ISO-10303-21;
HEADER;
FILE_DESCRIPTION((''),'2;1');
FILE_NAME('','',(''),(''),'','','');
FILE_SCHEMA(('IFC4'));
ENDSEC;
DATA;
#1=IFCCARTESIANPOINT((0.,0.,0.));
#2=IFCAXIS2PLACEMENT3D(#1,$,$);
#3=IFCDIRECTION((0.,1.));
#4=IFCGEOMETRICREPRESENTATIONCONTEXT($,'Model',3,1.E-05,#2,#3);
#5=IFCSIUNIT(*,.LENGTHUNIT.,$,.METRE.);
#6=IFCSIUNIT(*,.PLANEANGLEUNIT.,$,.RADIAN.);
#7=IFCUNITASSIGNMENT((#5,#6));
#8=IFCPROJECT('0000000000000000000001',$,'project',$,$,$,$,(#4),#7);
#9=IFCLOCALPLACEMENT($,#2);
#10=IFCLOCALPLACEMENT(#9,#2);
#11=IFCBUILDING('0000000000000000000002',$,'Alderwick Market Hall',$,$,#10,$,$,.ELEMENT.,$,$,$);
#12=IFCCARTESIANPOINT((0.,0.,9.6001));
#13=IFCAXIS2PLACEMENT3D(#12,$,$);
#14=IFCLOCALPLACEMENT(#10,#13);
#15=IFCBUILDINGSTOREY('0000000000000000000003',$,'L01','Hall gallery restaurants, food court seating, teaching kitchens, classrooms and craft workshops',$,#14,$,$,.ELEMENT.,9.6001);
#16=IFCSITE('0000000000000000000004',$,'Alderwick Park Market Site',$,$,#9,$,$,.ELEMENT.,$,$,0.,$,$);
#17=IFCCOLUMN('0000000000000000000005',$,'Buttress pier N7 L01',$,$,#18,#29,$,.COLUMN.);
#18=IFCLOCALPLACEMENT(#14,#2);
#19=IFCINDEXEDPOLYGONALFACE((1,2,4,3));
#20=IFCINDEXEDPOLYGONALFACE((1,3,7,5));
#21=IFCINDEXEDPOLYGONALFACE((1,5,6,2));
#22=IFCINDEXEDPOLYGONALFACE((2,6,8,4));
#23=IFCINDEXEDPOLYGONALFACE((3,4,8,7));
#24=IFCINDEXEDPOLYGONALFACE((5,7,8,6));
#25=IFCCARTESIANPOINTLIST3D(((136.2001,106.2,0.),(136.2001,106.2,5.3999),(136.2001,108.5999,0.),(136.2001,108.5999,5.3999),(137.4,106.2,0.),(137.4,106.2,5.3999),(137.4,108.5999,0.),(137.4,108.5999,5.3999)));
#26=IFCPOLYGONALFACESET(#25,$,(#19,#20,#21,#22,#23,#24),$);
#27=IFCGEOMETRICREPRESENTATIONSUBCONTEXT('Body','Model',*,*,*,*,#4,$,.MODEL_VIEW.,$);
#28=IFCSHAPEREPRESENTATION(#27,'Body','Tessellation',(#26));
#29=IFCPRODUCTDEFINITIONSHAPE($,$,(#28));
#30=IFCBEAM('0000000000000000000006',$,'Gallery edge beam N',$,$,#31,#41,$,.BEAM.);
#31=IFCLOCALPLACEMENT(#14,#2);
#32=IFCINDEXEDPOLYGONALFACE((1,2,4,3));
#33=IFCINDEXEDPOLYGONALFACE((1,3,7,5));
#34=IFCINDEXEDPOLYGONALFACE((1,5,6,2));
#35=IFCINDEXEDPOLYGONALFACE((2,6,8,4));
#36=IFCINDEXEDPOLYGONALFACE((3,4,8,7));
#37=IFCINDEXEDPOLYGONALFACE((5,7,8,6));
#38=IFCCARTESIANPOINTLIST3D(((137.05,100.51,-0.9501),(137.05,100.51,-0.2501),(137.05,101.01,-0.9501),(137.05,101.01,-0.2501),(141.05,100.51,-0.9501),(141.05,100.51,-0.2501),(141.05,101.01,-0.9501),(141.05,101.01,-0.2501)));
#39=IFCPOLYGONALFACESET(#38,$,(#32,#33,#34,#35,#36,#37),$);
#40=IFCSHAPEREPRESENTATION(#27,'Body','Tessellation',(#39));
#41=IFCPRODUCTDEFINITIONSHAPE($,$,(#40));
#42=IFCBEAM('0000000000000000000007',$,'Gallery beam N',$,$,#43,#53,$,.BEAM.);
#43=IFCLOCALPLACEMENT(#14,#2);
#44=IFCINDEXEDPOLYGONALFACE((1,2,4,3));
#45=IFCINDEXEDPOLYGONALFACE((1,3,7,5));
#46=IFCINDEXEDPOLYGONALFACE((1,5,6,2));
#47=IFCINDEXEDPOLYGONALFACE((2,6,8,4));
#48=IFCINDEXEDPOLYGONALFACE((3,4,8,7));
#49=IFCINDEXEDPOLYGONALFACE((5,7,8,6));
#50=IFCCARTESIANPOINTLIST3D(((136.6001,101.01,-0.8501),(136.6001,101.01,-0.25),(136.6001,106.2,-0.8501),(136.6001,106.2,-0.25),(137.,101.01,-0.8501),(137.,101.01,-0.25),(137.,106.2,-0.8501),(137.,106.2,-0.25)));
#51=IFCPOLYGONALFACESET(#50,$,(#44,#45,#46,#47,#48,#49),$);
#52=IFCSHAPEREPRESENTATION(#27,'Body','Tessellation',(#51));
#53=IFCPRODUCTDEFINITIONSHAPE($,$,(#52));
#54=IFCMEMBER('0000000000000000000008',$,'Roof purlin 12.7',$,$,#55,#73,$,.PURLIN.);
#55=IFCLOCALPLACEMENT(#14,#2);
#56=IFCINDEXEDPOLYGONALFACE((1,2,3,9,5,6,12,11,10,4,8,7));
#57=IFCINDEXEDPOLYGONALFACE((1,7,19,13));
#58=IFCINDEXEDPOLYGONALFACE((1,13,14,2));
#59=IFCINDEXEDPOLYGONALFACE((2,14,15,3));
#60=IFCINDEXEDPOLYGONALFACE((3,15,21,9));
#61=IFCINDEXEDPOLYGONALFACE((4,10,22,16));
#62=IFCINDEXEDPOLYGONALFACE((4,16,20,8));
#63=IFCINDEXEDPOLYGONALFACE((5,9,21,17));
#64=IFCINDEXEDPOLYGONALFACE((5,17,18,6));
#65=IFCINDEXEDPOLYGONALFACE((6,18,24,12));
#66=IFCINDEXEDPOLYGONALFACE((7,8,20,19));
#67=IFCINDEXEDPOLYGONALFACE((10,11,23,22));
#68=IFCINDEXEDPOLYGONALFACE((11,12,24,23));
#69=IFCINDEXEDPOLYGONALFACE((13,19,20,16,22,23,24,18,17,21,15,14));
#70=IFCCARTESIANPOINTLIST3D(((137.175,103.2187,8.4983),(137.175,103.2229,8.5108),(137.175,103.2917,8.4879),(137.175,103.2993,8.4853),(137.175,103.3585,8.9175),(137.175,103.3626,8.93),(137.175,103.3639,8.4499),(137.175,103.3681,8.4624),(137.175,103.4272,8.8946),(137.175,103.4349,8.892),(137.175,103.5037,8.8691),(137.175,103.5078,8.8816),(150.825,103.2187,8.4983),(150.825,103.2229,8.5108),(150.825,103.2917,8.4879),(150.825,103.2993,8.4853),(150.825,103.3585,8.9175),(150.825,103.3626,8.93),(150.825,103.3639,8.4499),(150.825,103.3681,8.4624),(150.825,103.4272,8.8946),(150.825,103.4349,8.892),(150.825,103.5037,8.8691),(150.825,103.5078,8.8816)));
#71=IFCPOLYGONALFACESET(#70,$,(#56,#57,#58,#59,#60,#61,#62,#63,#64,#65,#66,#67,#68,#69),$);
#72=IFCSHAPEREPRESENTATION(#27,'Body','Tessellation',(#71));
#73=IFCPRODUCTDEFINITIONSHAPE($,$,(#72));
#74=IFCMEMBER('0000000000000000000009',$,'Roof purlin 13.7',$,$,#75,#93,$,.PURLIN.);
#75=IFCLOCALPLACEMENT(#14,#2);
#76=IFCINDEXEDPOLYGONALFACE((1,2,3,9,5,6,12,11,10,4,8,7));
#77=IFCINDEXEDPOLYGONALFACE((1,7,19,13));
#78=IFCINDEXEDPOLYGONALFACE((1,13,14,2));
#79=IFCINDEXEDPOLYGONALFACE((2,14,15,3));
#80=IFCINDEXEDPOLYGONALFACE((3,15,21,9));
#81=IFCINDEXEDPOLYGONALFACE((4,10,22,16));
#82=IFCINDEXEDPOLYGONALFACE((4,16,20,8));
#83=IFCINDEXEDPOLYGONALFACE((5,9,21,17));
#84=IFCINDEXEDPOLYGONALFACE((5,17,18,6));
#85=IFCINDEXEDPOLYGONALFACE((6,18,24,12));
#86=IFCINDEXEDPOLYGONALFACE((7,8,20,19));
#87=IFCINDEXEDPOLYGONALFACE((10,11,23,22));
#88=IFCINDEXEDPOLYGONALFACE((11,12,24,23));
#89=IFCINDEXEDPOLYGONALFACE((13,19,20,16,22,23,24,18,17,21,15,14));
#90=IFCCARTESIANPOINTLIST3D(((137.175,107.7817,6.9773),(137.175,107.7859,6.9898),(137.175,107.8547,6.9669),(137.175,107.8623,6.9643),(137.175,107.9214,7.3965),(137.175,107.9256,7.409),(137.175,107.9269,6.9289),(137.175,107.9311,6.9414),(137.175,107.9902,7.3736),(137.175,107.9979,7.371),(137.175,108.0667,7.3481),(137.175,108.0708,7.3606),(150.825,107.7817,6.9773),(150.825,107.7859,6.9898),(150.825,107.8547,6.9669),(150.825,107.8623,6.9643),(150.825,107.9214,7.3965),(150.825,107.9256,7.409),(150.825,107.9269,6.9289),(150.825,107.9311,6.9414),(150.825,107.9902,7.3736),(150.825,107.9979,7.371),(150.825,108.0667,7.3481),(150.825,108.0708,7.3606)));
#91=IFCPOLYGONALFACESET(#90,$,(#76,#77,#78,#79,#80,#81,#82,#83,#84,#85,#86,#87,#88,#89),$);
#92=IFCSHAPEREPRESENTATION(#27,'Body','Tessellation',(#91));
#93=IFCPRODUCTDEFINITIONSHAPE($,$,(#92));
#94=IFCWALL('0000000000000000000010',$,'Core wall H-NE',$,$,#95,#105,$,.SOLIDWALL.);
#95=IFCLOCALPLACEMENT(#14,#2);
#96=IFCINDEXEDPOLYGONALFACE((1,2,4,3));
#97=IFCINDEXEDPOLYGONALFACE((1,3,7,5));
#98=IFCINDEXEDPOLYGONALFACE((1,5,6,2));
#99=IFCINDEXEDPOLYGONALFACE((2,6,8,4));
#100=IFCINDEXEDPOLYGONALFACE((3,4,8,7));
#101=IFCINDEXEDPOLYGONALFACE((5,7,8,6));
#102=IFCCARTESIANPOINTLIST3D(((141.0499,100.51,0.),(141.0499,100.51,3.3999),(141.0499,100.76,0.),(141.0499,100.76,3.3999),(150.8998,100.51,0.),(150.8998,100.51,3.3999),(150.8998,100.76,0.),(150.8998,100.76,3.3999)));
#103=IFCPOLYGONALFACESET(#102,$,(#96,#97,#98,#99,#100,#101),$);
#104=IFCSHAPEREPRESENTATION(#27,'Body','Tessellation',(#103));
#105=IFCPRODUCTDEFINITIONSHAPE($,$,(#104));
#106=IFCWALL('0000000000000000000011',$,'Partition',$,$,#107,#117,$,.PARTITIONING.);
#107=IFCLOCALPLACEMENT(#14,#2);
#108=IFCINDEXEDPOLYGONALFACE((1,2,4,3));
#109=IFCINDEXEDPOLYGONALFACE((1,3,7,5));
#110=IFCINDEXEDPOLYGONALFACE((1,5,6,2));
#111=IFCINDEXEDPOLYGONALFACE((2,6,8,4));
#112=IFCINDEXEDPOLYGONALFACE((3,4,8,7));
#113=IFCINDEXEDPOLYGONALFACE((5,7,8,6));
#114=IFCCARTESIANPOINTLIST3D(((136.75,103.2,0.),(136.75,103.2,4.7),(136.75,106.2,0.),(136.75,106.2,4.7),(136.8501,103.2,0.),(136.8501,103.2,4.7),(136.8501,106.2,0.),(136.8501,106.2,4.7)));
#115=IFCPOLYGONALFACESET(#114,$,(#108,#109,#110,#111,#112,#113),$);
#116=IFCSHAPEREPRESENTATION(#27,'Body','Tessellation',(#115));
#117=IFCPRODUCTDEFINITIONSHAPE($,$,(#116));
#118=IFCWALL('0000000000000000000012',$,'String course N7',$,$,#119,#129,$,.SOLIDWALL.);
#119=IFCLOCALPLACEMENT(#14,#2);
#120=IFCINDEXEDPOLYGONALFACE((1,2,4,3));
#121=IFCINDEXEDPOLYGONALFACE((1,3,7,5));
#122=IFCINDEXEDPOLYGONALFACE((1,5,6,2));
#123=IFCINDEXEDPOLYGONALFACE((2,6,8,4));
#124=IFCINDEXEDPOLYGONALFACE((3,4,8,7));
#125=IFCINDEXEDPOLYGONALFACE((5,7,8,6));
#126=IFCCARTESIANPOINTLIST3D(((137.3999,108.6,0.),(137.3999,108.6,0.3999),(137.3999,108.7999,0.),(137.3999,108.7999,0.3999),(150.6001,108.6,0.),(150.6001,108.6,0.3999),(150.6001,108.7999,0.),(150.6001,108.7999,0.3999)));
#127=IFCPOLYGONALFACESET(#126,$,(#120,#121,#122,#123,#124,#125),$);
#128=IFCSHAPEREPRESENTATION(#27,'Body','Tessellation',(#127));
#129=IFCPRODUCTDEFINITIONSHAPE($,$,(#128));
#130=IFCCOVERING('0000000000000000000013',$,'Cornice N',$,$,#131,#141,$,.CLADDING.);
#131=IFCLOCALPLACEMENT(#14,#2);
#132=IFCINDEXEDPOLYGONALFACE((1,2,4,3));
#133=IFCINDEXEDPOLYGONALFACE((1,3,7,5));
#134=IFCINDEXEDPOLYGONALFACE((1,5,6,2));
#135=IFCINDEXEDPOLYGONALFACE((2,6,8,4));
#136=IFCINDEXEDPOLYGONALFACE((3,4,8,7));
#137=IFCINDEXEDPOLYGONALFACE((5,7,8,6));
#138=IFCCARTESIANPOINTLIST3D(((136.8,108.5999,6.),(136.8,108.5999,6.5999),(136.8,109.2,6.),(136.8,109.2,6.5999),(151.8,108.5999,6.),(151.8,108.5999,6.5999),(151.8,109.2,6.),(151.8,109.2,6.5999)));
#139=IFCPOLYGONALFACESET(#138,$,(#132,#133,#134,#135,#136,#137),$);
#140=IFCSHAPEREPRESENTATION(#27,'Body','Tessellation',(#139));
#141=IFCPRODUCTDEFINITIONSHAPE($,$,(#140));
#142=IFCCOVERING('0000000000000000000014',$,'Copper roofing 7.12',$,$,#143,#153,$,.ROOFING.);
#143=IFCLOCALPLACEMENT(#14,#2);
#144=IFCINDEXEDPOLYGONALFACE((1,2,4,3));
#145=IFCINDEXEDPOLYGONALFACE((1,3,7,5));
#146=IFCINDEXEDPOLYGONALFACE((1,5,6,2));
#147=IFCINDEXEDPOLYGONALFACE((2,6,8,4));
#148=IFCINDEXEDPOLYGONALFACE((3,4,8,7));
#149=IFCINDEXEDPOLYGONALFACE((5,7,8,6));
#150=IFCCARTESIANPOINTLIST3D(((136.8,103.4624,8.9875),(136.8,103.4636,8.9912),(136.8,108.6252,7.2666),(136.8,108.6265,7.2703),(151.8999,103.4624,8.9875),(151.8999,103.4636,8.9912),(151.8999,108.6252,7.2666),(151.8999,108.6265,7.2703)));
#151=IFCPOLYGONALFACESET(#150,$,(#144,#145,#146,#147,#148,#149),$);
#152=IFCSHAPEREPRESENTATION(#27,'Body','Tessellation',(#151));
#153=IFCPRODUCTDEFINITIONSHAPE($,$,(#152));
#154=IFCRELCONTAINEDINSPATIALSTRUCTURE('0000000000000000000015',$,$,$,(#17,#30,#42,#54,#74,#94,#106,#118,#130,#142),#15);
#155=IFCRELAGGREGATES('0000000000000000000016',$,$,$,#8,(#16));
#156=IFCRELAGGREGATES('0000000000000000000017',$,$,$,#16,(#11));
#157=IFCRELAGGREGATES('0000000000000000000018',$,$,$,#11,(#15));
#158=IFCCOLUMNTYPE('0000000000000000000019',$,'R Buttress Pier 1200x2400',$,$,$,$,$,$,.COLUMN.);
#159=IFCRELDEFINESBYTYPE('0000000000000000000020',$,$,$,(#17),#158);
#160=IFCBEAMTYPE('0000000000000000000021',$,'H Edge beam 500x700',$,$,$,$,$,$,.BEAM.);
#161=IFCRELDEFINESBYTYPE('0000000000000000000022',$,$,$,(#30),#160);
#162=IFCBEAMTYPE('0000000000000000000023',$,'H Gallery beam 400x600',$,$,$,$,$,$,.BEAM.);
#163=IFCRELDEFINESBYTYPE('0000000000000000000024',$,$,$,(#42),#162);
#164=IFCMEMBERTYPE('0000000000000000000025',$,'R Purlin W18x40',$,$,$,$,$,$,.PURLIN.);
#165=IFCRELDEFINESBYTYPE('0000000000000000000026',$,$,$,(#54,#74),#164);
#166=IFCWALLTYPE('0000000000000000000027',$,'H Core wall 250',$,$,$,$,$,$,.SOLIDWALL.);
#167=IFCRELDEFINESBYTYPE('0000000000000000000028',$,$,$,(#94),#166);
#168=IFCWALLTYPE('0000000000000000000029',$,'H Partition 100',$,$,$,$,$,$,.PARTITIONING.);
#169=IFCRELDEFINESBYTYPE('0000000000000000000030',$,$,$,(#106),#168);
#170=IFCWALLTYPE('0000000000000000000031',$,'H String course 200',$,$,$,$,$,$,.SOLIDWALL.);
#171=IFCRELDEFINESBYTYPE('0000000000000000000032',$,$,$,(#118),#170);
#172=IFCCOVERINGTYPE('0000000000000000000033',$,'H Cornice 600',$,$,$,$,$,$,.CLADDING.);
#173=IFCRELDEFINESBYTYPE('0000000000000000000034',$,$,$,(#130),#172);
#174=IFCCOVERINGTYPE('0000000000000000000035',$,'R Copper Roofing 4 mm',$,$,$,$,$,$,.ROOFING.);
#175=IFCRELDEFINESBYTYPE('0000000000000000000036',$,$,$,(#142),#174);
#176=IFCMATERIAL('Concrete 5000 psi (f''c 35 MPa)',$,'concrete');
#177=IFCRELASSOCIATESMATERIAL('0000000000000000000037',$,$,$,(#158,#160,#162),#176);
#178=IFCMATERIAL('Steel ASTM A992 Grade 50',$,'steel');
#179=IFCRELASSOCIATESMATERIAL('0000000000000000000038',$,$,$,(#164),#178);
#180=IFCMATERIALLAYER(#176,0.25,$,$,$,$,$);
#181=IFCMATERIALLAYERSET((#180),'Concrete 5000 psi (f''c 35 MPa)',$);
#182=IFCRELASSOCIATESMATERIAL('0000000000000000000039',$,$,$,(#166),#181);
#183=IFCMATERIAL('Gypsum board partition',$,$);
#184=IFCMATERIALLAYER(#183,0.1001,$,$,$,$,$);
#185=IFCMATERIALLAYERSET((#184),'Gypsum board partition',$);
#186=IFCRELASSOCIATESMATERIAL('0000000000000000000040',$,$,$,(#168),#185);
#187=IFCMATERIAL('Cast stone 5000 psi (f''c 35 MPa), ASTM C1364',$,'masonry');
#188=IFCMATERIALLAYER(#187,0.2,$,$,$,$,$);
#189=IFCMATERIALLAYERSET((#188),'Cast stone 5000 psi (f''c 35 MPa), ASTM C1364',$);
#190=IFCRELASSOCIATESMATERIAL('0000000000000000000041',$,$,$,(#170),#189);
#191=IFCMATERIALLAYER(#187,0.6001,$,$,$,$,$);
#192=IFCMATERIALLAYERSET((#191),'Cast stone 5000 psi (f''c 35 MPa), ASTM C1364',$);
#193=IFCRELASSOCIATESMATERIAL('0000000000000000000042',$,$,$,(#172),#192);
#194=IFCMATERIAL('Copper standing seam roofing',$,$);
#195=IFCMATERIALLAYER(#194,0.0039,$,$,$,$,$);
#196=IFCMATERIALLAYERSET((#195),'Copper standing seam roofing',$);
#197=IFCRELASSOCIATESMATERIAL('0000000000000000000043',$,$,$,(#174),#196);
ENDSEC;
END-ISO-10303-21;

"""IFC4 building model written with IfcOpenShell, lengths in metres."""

from ifc_helpers import new_model, si_unit, direction, frame, frame_2d, origin, origin_2d, place, context, subcontext, project, spatial, polyline, rectangle, i_section, outline, extrude, material, layer, layer_set, material_profile, profile_set, type_object, element, save


model = new_model("IFC4")

# Units and contexts
model_context = context("Model", 3, precision=1e-05, world=origin(), true_north=direction((0.0, 1.0)))
body_context = subcontext(model_context, "Body", "Model", "MODEL_VIEW")
ifc_project = project(units=[si_unit("LENGTHUNIT", "METRE"), si_unit("PLANEANGLEUNIT", "RADIAN")], contexts=[model_context])

# Site, building, storey
site_placement = place(None, origin())
site = spatial("IfcSite", under=ifc_project, at=site_placement, Name="Alderwick Park Market Site", CompositionType="ELEMENT", RefElevation=0.0)
building_placement = place(site_placement, origin())
building = spatial("IfcBuilding", under=site, at=building_placement, Name="Alderwick Market Hall", CompositionType="ELEMENT")
storey_placement = place(building_placement, frame((0.0, 0.0, 9.6001)))
storey = spatial("IfcBuildingStorey", under=building, at=storey_placement, Name="L01", Description="Hall gallery restaurants, food court seating, teaching kitchens, classrooms and craft workshops", CompositionType="ELEMENT", Elevation=9.6001)

# Column
ifc_material_1 = material(Name="Concrete 5000 psi (f'c 35 MPa)", Category="concrete")
ifc_material_profile_1 = material_profile(ifc_material_1, rectangle(XDim=1.2, YDim=2.3999, at=origin_2d()), Name="RC 1200x2400")
ifc_profile_set_1 = profile_set([ifc_material_profile_1], Name="Concrete 5000 psi (f'c 35 MPa)")
column_type = type_object("IfcColumnType", Name="R Buttress Pier 1200x2400", PredefinedType="COLUMN", material=ifc_profile_set_1)
column_placement = place(storey_placement, frame((136.8, 107.3999, 0.0), z_axis=(0.0, 0.0, 1.0), x_axis=(1.0, 0.0, 0.0)))
element("IfcColumn", 1, at=column_placement, inside=storey, type_object=column_type, Name="Buttress pier N7 L01", PredefinedType="COLUMN", context=body_context, shape_type="SweptSolid", body=[
    extrude(rectangle(XDim=1.2, YDim=2.3999, at=origin_2d()), origin(), (0.0, 0.0, 1.0), 5.3999),
])

# Beams
ifc_material_profile_2 = material_profile(ifc_material_1, rectangle(XDim=0.5, YDim=0.7, at=origin_2d()), Name="RC 500x700")
ifc_profile_set_2 = profile_set([ifc_material_profile_2], Name="Concrete 5000 psi (f'c 35 MPa)")
beam_type_1 = type_object("IfcBeamType", Name="H Edge beam 500x700", PredefinedType="BEAM", material=ifc_profile_set_2)
beam_1_placement = place(storey_placement, frame((137.05, 100.76, -0.6001), z_axis=(1.0, 0.0, 0.0), x_axis=(0.0, 1.0, 0.0)))
element("IfcBeam", 2, at=beam_1_placement, inside=storey, type_object=beam_type_1, Name="Gallery edge beam N", PredefinedType="BEAM", context=body_context, shape_type="SweptSolid", body=[
    extrude(rectangle(XDim=0.5, YDim=0.7, at=origin_2d()), origin(), (0.0, 0.0, 1.0), 4.0),
])
ifc_material_profile_3 = material_profile(ifc_material_1, rectangle(XDim=0.3999, YDim=0.6001, at=origin_2d()), Name="RC 400x600")
ifc_profile_set_3 = profile_set([ifc_material_profile_3], Name="Concrete 5000 psi (f'c 35 MPa)")
beam_type_2 = type_object("IfcBeamType", Name="H Gallery beam 400x600", PredefinedType="BEAM", material=ifc_profile_set_3)
beam_2_placement = place(storey_placement, frame((136.8, 106.2, -0.55), z_axis=(0.0, -1.0, 0.0), x_axis=(1.0, 0.0, 0.0)))
element("IfcBeam", 3, at=beam_2_placement, inside=storey, type_object=beam_type_2, Name="Gallery beam N", PredefinedType="BEAM", context=body_context, shape_type="SweptSolid", body=[
    extrude(rectangle(XDim=0.3999, YDim=0.6001, at=origin_2d()), origin(), (0.0, 0.0, 1.0), 5.1899),
])

# Members
ifc_material_2 = material(Name="Steel ASTM A992 Grade 50", Category="steel")
ifc_material_profile_4 = material_profile(ifc_material_2, i_section(OverallWidth=0.1531, OverallDepth=0.4551, WebThickness=0.0081, FlangeThickness=0.0132, at=origin_2d()), Name="W18x40")
ifc_profile_set_4 = profile_set([ifc_material_profile_4], Name="Steel ASTM A992 Grade 50")
member_type = type_object("IfcMemberType", Name="R Purlin W18x40", PredefinedType="PURLIN", material=ifc_profile_set_4)
for number, where, z_axis, x_axis, name in (
    (4, (137.175, 103.3633, 8.6899), (1.0, 0.0, 0.0), (0.0, 0.948683, -0.316228), "Roof purlin 12.7"),
    (5, (137.175, 107.9263, 7.1689), (1.0, 0.0, 0.0), (0.0, 0.948683, -0.316228), "Roof purlin 13.7"),
):
    element("IfcMember", number, at=place(storey_placement, frame(where, z_axis=z_axis, x_axis=x_axis)), inside=storey, type_object=member_type, Name=name, PredefinedType="PURLIN", context=body_context, shape_type="SweptSolid", body=[
        extrude(i_section(OverallWidth=0.1531, OverallDepth=0.4551, WebThickness=0.0081, FlangeThickness=0.0132, at=origin_2d()), origin(), (0.0, 0.0, 1.0), 13.6499),
    ])

# Wall
ifc_layer_1 = layer(ifc_material_1, 0.25)
ifc_layer_set_1 = layer_set([ifc_layer_1], Name="Concrete 5000 psi (f'c 35 MPa)")
wall_type_1 = type_object("IfcWallType", Name="H Core wall 250", PredefinedType="SOLIDWALL", material=ifc_layer_set_1)
wall_1_placement = place(storey_placement, frame((141.05, 100.635, 0.0), z_axis=(0.0, 0.0, 1.0), x_axis=(1.0, 0.0, 0.0)))
element("IfcWall", 6, at=wall_1_placement, inside=storey, type_object=wall_type_1, Name="Core wall H-NE", PredefinedType="SOLIDWALL", context=body_context, shape_type="SweptSolid", body=[
    extrude(rectangle(XDim=9.8499, YDim=0.25, at=frame_2d((4.9248, 0.0))), origin(), (0.0, 0.0, 1.0), 3.3999),
])

# Walls
ifc_material_3 = material(Name="Gypsum board partition")
ifc_layer_2 = layer(ifc_material_3, 0.1001)
ifc_layer_set_2 = layer_set([ifc_layer_2], Name="Gypsum board partition")
wall_type_2 = type_object("IfcWallType", Name="H Partition 100", PredefinedType="PARTITIONING", material=ifc_layer_set_2)
wall_2_placement = place(storey_placement, frame((136.8, 106.2, 0.0), z_axis=(0.0, 0.0, 1.0), x_axis=(0.0, -1.0, 0.0)))
element("IfcWall", 7, at=wall_2_placement, inside=storey, type_object=wall_type_2, Name="Partition", PredefinedType="PARTITIONING", context=body_context, shape_type="SweptSolid", body=[
    extrude(rectangle(XDim=3.0, YDim=0.1001, at=frame_2d((1.5, 0.0))), origin(), (0.0, 0.0, 1.0), 4.7),
])
ifc_material_4 = material(Name="Cast stone 5000 psi (f'c 35 MPa), ASTM C1364", Category="masonry")
ifc_layer_3 = layer(ifc_material_4, 0.2)
ifc_layer_set_3 = layer_set([ifc_layer_3], Name="Cast stone 5000 psi (f'c 35 MPa), ASTM C1364")
wall_type_3 = type_object("IfcWallType", Name="H String course 200", PredefinedType="SOLIDWALL", material=ifc_layer_set_3)
wall_3_placement = place(storey_placement, frame((137.3999, 108.7, 0.0), z_axis=(0.0, 0.0, 1.0), x_axis=(1.0, 0.0, 0.0)))
element("IfcWall", 8, at=wall_3_placement, inside=storey, type_object=wall_type_3, Name="String course N7", PredefinedType="SOLIDWALL", context=body_context, shape_type="SweptSolid", body=[
    extrude(rectangle(XDim=13.2002, YDim=0.2, at=frame_2d((6.6001, 0.0))), origin(), (0.0, 0.0, 1.0), 0.3999),
])

# Coverings
ifc_layer_4 = layer(ifc_material_4, 0.6001)
ifc_layer_set_4 = layer_set([ifc_layer_4], Name="Cast stone 5000 psi (f'c 35 MPa), ASTM C1364")
covering_type_1 = type_object("IfcCoveringType", Name="H Cornice 600", PredefinedType="CLADDING", material=ifc_layer_set_4)
covering_1_placement = place(storey_placement, frame((136.8, 108.8999, 6.0), z_axis=(0.0, 0.0, 1.0), x_axis=(1.0, 0.0, 0.0)))
element("IfcCovering", 9, at=covering_1_placement, inside=storey, type_object=covering_type_1, Name="Cornice N", PredefinedType="CLADDING", context=body_context, shape_type="SweptSolid", body=[
    extrude(rectangle(XDim=15.0, YDim=0.6001, at=frame_2d((7.5, 0.0))), origin(), (0.0, 0.0, 1.0), 0.5999),
])
ifc_material_5 = material(Name="Copper standing seam roofing")
ifc_layer_5 = layer(ifc_material_5, 0.0039)
ifc_layer_set_5 = layer_set([ifc_layer_5], Name="Copper standing seam roofing")
covering_type_2 = type_object("IfcCoveringType", Name="R Copper Roofing 4 mm", PredefinedType="ROOFING", material=ifc_layer_set_5)
covering_2_placement = place(storey_placement, frame((136.8, 103.4636, 8.9912), z_axis=(0.0, 0.316228, 0.948683), x_axis=(1.0, 0.0, 0.0)))
element("IfcCovering", 10, at=covering_2_placement, inside=storey, type_object=covering_type_2, Name="Copper roofing 7.12", PredefinedType="ROOFING", context=body_context, shape_type="SweptSolid", body=[
    extrude(outline(polyline([(0.0, 0.0), (15.0999, 0.0), (15.0999, 5.4421), (0.0, 5.4421), (0.0, 0.0)])), origin(), (0.0, 0.0, -1.0), 0.0039),
])

save(model, "model.ifc")
